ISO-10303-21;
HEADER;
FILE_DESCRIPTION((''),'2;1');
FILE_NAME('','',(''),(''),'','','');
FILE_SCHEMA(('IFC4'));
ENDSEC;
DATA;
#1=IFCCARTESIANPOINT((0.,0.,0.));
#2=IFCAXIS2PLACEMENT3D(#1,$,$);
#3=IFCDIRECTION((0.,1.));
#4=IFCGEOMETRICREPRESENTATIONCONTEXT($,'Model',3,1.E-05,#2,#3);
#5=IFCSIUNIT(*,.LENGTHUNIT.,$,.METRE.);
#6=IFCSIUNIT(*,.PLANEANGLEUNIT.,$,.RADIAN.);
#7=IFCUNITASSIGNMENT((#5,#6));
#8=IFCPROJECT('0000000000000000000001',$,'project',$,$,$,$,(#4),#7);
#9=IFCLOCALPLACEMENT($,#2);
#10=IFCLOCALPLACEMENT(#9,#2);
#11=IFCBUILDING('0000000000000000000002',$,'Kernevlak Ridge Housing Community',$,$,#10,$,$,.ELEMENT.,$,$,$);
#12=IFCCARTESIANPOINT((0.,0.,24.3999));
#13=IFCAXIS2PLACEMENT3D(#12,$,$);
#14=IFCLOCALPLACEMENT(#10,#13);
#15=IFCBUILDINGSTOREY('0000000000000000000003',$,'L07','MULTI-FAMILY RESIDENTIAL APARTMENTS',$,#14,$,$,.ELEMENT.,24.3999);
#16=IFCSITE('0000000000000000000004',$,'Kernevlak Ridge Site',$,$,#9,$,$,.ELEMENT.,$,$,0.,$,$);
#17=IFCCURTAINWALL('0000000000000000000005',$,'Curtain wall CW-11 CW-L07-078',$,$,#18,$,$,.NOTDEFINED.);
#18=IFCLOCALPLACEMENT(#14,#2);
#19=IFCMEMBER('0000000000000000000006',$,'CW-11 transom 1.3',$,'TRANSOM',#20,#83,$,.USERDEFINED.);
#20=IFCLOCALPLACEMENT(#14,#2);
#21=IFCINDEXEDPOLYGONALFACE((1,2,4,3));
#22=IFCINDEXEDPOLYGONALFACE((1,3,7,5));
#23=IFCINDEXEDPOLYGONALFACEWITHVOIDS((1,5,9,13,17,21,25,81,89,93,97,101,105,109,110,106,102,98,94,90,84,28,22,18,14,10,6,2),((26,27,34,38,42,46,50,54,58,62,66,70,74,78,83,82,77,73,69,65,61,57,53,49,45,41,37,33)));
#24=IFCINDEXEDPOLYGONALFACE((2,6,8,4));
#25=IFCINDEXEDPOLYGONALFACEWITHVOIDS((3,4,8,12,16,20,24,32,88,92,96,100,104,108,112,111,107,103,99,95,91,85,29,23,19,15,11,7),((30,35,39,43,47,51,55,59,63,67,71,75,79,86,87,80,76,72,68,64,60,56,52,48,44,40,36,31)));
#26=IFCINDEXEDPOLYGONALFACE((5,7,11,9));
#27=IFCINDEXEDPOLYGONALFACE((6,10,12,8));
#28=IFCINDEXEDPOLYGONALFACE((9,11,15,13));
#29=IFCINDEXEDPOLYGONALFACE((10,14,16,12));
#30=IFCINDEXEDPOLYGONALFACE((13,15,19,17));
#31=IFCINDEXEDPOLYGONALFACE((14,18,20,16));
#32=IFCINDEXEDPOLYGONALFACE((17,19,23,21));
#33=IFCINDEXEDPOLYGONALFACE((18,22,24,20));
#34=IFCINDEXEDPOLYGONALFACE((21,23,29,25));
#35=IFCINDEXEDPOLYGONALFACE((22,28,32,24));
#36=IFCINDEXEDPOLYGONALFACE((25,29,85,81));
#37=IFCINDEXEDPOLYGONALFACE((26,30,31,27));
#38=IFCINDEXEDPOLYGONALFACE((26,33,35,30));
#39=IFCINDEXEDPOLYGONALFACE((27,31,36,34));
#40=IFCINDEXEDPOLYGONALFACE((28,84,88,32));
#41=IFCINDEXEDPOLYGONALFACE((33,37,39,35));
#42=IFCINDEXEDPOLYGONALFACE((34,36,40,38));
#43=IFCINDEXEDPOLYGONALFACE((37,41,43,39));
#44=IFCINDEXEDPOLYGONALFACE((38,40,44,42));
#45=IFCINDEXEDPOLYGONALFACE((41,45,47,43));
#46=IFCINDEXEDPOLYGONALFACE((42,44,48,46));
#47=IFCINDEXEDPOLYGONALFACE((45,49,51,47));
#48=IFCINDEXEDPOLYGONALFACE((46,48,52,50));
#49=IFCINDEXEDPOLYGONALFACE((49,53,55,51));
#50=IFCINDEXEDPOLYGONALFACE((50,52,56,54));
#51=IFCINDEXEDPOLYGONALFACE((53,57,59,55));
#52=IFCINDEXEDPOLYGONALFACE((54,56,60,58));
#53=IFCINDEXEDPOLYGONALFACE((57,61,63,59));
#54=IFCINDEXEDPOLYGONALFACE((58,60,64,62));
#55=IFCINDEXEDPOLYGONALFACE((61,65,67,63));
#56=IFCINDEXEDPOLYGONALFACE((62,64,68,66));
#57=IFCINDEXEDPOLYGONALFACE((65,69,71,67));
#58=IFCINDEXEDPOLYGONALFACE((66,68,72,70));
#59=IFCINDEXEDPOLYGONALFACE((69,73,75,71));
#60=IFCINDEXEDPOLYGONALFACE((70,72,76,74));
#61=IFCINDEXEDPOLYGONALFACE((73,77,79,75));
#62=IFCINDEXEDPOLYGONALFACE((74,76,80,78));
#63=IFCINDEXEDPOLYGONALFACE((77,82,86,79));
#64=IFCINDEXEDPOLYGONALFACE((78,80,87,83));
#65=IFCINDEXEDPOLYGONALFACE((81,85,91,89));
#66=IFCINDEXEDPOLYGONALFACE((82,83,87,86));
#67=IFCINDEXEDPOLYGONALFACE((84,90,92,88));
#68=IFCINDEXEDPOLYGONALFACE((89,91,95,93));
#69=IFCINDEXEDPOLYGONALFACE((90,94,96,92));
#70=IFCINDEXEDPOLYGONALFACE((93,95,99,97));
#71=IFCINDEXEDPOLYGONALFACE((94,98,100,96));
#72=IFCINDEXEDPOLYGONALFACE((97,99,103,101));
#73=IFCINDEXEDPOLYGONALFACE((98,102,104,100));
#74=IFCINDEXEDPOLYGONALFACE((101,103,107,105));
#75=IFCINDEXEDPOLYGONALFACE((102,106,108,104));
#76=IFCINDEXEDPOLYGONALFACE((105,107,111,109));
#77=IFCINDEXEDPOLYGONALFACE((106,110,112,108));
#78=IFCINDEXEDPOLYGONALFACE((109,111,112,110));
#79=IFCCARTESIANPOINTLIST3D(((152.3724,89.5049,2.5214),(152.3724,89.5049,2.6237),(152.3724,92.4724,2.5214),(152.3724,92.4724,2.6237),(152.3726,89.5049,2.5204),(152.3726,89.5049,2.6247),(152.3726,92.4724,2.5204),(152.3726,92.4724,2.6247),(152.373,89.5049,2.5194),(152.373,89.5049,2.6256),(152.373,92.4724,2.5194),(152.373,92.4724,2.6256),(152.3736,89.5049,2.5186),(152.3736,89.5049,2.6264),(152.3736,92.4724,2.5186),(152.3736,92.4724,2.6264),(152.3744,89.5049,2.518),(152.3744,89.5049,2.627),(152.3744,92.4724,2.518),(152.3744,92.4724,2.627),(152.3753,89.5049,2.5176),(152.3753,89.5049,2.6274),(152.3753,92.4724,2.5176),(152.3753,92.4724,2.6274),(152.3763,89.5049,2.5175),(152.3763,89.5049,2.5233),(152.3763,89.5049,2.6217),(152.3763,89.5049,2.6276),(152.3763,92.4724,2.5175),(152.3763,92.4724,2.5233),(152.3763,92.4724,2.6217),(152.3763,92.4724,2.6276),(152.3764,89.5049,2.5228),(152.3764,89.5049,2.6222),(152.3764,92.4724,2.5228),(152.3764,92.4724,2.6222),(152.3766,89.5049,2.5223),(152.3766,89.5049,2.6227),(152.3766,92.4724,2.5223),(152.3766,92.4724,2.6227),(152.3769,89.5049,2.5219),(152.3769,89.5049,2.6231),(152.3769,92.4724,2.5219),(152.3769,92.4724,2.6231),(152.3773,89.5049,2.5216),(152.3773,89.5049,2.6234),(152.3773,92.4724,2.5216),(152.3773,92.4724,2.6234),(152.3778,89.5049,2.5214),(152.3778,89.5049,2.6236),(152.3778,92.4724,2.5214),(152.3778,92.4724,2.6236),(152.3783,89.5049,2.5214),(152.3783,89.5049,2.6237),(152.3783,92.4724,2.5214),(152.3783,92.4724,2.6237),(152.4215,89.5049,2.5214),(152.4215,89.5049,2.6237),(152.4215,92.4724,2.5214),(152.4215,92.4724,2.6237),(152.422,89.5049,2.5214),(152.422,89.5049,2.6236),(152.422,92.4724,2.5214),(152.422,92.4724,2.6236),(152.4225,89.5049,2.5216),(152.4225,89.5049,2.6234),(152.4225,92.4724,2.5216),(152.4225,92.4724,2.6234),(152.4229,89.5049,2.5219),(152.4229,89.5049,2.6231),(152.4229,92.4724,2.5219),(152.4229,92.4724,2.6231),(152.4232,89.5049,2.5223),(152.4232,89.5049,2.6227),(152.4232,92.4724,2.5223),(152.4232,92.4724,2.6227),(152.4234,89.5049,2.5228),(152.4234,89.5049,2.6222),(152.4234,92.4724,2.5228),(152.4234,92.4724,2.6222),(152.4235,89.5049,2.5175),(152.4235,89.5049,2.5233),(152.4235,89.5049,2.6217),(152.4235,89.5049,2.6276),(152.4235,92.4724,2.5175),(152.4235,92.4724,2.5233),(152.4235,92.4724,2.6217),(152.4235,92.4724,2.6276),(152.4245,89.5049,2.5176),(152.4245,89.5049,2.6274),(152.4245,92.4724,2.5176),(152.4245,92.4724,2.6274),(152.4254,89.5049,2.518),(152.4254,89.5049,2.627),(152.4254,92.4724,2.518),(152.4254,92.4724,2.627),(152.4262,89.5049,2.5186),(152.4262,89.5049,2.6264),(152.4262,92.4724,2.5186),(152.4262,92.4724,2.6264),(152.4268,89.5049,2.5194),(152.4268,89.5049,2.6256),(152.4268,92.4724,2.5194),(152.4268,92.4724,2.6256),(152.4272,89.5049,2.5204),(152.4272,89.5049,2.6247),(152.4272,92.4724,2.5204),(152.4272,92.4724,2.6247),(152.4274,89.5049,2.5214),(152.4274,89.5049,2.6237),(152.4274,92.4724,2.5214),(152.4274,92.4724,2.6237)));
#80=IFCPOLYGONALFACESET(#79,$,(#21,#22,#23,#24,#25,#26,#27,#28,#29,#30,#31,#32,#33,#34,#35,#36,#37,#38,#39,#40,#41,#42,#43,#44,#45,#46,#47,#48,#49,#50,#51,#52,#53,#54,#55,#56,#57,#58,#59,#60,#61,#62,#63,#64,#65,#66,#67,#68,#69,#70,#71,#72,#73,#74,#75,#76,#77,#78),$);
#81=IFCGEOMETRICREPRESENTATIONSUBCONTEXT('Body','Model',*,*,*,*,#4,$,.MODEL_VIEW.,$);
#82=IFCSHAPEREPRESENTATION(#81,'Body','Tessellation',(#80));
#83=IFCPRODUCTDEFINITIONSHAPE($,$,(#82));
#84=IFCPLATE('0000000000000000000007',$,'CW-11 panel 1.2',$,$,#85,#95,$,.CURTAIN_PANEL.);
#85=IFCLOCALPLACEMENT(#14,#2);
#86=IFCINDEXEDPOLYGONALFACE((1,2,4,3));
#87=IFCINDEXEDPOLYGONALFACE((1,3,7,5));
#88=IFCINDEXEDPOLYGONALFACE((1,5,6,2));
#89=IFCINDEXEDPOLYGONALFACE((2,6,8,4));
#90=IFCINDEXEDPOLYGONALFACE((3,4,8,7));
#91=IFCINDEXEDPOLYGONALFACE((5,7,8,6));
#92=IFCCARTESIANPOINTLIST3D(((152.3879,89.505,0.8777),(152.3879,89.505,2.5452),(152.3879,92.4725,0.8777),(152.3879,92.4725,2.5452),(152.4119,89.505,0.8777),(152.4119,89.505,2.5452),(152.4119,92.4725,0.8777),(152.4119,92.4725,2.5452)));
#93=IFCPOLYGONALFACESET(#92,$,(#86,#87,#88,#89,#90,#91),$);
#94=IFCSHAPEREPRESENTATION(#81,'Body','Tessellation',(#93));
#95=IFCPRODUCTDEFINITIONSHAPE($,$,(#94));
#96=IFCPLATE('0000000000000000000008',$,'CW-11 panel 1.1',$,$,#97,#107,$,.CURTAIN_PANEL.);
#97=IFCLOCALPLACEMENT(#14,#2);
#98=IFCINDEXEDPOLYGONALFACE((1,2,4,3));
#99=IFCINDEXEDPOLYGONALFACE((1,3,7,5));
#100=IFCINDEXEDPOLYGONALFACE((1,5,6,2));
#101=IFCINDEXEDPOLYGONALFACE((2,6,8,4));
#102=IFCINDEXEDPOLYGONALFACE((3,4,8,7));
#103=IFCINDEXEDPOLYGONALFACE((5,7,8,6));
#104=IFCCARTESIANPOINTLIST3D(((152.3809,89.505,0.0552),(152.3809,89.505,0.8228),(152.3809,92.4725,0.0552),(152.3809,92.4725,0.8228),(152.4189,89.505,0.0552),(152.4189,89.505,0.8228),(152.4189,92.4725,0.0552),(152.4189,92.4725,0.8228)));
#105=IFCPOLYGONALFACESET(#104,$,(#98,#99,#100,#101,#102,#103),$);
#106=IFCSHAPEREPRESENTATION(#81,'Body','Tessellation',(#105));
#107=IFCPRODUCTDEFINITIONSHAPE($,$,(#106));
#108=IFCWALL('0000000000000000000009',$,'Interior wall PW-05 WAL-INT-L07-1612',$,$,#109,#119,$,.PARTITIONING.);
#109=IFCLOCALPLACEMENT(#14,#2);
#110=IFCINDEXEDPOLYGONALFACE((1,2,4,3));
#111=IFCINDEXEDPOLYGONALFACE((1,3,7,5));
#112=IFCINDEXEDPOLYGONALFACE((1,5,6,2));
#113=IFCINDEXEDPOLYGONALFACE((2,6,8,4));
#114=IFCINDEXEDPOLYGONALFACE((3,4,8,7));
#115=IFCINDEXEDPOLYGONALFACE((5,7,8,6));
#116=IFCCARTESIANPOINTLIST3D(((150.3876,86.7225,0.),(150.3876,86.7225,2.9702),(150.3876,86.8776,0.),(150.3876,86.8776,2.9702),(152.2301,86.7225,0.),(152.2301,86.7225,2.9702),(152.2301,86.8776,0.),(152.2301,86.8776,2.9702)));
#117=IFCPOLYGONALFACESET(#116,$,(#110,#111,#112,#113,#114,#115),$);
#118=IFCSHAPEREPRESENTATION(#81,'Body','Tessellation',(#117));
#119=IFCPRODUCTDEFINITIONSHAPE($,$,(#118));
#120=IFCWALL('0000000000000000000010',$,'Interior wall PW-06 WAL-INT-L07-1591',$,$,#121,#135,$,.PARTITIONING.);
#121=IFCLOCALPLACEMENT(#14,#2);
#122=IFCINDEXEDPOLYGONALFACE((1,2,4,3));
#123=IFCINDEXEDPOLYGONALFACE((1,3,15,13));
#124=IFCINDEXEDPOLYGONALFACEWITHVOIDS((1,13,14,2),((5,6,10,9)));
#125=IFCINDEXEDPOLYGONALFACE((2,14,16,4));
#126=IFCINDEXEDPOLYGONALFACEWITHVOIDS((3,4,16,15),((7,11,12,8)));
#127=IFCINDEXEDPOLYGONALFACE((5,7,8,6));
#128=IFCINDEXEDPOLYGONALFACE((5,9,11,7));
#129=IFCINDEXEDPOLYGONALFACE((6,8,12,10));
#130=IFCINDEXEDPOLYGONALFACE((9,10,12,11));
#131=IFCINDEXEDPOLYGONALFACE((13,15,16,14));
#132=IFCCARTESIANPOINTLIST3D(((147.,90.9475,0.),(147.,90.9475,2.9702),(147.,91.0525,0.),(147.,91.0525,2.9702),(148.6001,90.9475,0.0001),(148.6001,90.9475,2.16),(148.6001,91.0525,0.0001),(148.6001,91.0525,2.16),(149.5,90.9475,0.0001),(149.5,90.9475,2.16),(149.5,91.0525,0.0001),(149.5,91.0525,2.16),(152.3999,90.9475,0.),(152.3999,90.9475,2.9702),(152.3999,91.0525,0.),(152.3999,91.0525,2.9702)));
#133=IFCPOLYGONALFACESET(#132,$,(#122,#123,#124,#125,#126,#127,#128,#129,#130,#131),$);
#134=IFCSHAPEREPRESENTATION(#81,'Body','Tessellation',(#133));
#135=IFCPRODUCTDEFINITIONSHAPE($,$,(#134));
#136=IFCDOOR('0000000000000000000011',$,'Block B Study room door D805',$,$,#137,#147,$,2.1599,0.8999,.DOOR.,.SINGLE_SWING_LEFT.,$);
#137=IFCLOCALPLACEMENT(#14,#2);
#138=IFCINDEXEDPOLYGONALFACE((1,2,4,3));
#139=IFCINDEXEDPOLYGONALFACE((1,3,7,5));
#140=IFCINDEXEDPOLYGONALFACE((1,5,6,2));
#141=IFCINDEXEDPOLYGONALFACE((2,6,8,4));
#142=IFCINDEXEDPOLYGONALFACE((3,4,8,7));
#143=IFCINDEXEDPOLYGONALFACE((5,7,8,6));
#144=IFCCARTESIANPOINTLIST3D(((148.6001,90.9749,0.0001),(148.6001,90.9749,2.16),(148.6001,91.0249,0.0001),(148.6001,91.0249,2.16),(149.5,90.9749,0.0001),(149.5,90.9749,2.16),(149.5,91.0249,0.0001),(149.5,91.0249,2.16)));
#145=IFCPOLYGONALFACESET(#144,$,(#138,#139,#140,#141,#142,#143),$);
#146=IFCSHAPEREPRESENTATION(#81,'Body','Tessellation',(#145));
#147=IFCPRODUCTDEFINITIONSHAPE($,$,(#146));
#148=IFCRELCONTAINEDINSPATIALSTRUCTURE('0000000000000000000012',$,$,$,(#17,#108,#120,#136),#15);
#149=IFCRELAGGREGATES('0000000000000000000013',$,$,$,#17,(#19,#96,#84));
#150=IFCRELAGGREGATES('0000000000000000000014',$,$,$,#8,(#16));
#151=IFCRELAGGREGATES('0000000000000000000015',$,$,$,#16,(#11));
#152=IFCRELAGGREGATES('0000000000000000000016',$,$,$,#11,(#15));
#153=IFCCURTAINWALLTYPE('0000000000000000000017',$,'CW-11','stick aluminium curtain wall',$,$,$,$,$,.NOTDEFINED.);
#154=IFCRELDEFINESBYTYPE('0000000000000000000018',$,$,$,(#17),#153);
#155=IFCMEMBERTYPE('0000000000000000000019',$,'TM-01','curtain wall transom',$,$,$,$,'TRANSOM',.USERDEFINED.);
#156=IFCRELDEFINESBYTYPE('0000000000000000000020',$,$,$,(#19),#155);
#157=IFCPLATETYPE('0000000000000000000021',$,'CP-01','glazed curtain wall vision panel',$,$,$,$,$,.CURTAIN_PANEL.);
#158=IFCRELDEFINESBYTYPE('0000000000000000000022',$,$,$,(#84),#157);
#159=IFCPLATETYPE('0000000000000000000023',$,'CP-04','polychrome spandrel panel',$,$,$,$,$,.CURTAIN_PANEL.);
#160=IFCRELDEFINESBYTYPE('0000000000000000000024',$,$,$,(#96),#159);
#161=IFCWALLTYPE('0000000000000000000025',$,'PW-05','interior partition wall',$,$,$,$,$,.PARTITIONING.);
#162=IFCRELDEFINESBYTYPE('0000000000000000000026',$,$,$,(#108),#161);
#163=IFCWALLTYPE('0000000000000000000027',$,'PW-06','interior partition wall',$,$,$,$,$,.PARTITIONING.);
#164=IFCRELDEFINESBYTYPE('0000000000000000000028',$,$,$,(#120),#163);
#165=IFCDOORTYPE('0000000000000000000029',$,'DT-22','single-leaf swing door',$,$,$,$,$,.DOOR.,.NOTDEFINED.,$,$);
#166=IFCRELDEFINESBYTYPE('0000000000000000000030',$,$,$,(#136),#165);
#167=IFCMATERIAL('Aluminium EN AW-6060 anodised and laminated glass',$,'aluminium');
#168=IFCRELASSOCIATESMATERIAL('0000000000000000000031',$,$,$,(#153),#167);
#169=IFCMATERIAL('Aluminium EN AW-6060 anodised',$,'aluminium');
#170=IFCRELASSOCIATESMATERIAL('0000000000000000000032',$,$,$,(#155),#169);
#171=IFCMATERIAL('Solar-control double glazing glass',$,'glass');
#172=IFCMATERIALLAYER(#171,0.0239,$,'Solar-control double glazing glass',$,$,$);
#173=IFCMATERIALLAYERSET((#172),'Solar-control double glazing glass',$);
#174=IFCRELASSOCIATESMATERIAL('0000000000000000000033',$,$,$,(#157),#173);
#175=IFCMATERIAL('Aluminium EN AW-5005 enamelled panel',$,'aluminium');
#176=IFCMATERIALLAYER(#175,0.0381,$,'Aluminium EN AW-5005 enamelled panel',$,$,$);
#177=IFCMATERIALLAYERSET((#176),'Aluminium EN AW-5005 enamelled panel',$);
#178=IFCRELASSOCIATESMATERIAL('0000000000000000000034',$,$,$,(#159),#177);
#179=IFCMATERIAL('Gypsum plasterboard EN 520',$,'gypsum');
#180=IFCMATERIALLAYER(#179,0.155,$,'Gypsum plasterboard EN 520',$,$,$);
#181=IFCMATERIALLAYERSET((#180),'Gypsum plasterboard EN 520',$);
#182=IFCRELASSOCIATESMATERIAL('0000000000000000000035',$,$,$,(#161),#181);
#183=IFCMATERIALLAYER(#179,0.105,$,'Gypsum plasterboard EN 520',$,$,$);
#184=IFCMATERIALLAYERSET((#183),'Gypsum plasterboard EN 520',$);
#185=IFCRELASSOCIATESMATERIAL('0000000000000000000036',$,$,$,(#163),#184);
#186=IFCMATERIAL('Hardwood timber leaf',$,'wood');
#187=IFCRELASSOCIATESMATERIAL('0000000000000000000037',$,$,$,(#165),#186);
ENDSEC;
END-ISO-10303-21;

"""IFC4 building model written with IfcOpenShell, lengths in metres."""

from ifc_helpers import new_model, si_unit, direction, frame, frame_2d, origin, origin_2d, place, context, subcontext, project, spatial, rectangle, hollow_rectangle, extrude, material, layer, layer_set, material_profile, profile_set, type_object, element, fill, aggregate, save


model = new_model("IFC4")

# Units and contexts
model_context = context("Model", 3, precision=1e-05, world=origin(), true_north=direction((0.0, 1.0)))
body_context = subcontext(model_context, "Body", "Model", "MODEL_VIEW")
ifc_project = project(units=[si_unit("LENGTHUNIT", "METRE"), si_unit("PLANEANGLEUNIT", "RADIAN")], contexts=[model_context])

# Site, building, storey
site_placement = place(None, origin())
site = spatial("IfcSite", under=ifc_project, at=site_placement, Name="Kernevlak Ridge Site", CompositionType="ELEMENT", RefElevation=0.0)
building_placement = place(site_placement, origin())
building = spatial("IfcBuilding", under=site, at=building_placement, Name="Kernevlak Ridge Housing Community", CompositionType="ELEMENT")
storey_placement = place(building_placement, frame((0.0, 0.0, 24.3999)))
storey = spatial("IfcBuildingStorey", under=building, at=storey_placement, Name="L07", Description="MULTI-FAMILY RESIDENTIAL APARTMENTS", CompositionType="ELEMENT", Elevation=24.3999)

# Curtain wall
ifc_material_1 = material(Name="Aluminium EN AW-6060 anodised and laminated glass", Category="aluminium")
curtain_wall_type = type_object("IfcCurtainWallType", Name="CW-11", Description="stick aluminium curtain wall", PredefinedType="NOTDEFINED", material=ifc_material_1)
curtain_wall_placement = place(storey_placement, origin())
curtain_wall = element("IfcCurtainWall", 1, at=curtain_wall_placement, inside=storey, type_object=curtain_wall_type, Name="Curtain wall CW-11 CW-L07-078", PredefinedType="NOTDEFINED")
ifc_material_2 = material(Name="Aluminium EN AW-6060 anodised", Category="aluminium")

# Member
ifc_material_profile_1 = material_profile(ifc_material_2, hollow_rectangle(XDim=0.0549, YDim=0.1101, WallThickness=0.0039, InnerFilletRadius=0.002, OuterFilletRadius=0.0039, at=origin_2d()), Name="ALU 55x110x4")
ifc_profile_set_1 = profile_set([ifc_material_profile_1], Name="Aluminium EN AW-6060 anodised")
member_type_1 = type_object("IfcMemberType", Name="TM-01", Description="curtain wall transom", ElementType="TRANSOM", PredefinedType="USERDEFINED", material=ifc_profile_set_1)
member_1_placement = place(storey_placement, frame((152.3999, 89.5049, 2.5725), z_axis=(0.0, 1.0, 0.0), x_axis=(-1.0, 0.0, 0.0)))
member_1 = element("IfcMember", 2, at=member_1_placement, type_object=member_type_1, Name="CW-11 transom 1.3", ObjectType="TRANSOM", PredefinedType="USERDEFINED", context=body_context, shape_type="SweptSolid", body=[
    extrude(hollow_rectangle(XDim=0.0549, YDim=0.1101, WallThickness=0.0039, InnerFilletRadius=0.002, OuterFilletRadius=0.0039, at=origin_2d()), origin(), (0.0, 0.0, 1.0), 2.9675),
])

# Plates
ifc_material_3 = material(Name="Solar-control double glazing glass", Category="glass")
ifc_layer_1 = layer(ifc_material_3, 0.0239, Name="Solar-control double glazing glass")
ifc_layer_set_1 = layer_set([ifc_layer_1], Name="Solar-control double glazing glass")
plate_type_1 = type_object("IfcPlateType", Name="CP-01", Description="glazed curtain wall vision panel", PredefinedType="CURTAIN_PANEL", material=ifc_layer_set_1)
plate_1_placement = place(storey_placement, frame((152.3999, 90.9888, 0.8777), z_axis=(0.0, 0.0, 1.0), x_axis=(0.0, 1.0, 0.0)))
plate_1 = element("IfcPlate", 3, at=plate_1_placement, type_object=plate_type_1, Name="CW-11 panel 1.2", PredefinedType="CURTAIN_PANEL", context=body_context, shape_type="SweptSolid", body=[
    extrude(rectangle(XDim=2.9675, YDim=0.0239, at=origin_2d()), origin(), (0.0, 0.0, 1.0), 1.6675),
])
ifc_material_4 = material(Name="Aluminium EN AW-5005 enamelled panel", Category="aluminium")
ifc_layer_2 = layer(ifc_material_4, 0.0381, Name="Aluminium EN AW-5005 enamelled panel")
ifc_layer_set_2 = layer_set([ifc_layer_2], Name="Aluminium EN AW-5005 enamelled panel")
plate_type_2 = type_object("IfcPlateType", Name="CP-04", Description="polychrome spandrel panel", PredefinedType="CURTAIN_PANEL", material=ifc_layer_set_2)
plate_2_placement = place(storey_placement, frame((152.3999, 90.9888, 0.0552), z_axis=(0.0, 0.0, 1.0), x_axis=(0.0, 1.0, 0.0)))
plate_2 = element("IfcPlate", 4, at=plate_2_placement, type_object=plate_type_2, Name="CW-11 panel 1.1", PredefinedType="CURTAIN_PANEL", context=body_context, shape_type="SweptSolid", body=[
    extrude(rectangle(XDim=2.9675, YDim=0.0381, at=origin_2d()), origin(), (0.0, 0.0, 1.0), 0.7676),
])
aggregate(curtain_wall, [member_1, plate_2, plate_1])

# Shared definitions
ifc_material_5 = material(Name="Gypsum plasterboard EN 520", Category="gypsum")
ifc_layer_3 = layer(ifc_material_5, 0.155, Name="Gypsum plasterboard EN 520")
ifc_layer_set_3 = layer_set([ifc_layer_3], Name="Gypsum plasterboard EN 520")
wall_type_1 = type_object("IfcWallType", Name="PW-05", Description="interior partition wall", PredefinedType="PARTITIONING", material=ifc_layer_set_3)
ifc_material_6 = material(Name="Hardwood timber leaf", Category="wood")

# Wall
wall_1_placement = place(storey_placement, frame((150.3875, 86.8, 0.0), z_axis=(0.0, 0.0, 1.0), x_axis=(1.0, 0.0, 0.0)))
element("IfcWall", 5, at=wall_1_placement, inside=storey, type_object=wall_type_1, Name="Interior wall PW-05 WAL-INT-L07-1612", PredefinedType="PARTITIONING", context=body_context, shape_type="SweptSolid", body=[
    extrude(rectangle(XDim=1.8425, YDim=0.155, at=frame_2d((0.9214, 0.0))), origin(), (0.0, 0.0, 1.0), 2.9702),
])

# Wall, opening, door
ifc_layer_4 = layer(ifc_material_5, 0.105, Name="Gypsum plasterboard EN 520")
ifc_layer_set_4 = layer_set([ifc_layer_4], Name="Gypsum plasterboard EN 520")
wall_type_2 = type_object("IfcWallType", Name="PW-06", Description="interior partition wall", PredefinedType="PARTITIONING", material=ifc_layer_set_4)
wall_2_placement = place(storey_placement, frame((147.0, 91.0, 0.0), z_axis=(0.0, 0.0, 1.0), x_axis=(1.0, 0.0, 0.0)))
wall_2 = element("IfcWall", 6, at=wall_2_placement, inside=storey, type_object=wall_type_2, Name="Interior wall PW-06 WAL-INT-L07-1591", PredefinedType="PARTITIONING", context=body_context, shape_type="SweptSolid", body=[
    extrude(rectangle(XDim=5.3999, YDim=0.105, at=frame_2d((2.7, 0.0))), origin(), (0.0, 0.0, 1.0), 2.9702),
])
opening_1_placement = place(wall_2_placement, frame((1.6001, 0.0, 0.0)))
opening_1 = element("IfcOpeningElement", 7, at=opening_1_placement, cuts=wall_2, PredefinedType="OPENING", context=body_context, shape_type="SweptSolid", body=[
    extrude(rectangle(XDim=0.8999, YDim=2.1599, at=frame_2d((0.45, 1.0801))), frame((0.0, 0.0625, 0.0), z_axis=(0.0, -1.0, 0.0), x_axis=(1.0, 0.0, 0.0)), (0.0, 0.0, 1.0), 0.125),
])
door_type_1 = type_object("IfcDoorType", Name="DT-22", Description="single-leaf swing door", OperationType="NOTDEFINED", PredefinedType="DOOR", material=ifc_material_6)
door_1_placement = place(opening_1_placement, origin())
door_1 = element("IfcDoor", 8, at=door_1_placement, inside=storey, type_object=door_type_1, Name="Block B Study room door D805", OperationType="SINGLE_SWING_LEFT", OverallHeight=2.1599, OverallWidth=0.8999, PredefinedType="DOOR", context=body_context, shape_type="SweptSolid", body=[
    extrude(rectangle(XDim=0.8999, YDim=2.1599, at=frame_2d((0.45, 1.0801))), frame((0.0, 0.0249, 0.0), z_axis=(0.0, -1.0, 0.0), x_axis=(1.0, 0.0, 0.0)), (0.0, 0.0, 1.0), 0.05),
])
fill(opening_1, door_1)

save(model, "model.ifc")
